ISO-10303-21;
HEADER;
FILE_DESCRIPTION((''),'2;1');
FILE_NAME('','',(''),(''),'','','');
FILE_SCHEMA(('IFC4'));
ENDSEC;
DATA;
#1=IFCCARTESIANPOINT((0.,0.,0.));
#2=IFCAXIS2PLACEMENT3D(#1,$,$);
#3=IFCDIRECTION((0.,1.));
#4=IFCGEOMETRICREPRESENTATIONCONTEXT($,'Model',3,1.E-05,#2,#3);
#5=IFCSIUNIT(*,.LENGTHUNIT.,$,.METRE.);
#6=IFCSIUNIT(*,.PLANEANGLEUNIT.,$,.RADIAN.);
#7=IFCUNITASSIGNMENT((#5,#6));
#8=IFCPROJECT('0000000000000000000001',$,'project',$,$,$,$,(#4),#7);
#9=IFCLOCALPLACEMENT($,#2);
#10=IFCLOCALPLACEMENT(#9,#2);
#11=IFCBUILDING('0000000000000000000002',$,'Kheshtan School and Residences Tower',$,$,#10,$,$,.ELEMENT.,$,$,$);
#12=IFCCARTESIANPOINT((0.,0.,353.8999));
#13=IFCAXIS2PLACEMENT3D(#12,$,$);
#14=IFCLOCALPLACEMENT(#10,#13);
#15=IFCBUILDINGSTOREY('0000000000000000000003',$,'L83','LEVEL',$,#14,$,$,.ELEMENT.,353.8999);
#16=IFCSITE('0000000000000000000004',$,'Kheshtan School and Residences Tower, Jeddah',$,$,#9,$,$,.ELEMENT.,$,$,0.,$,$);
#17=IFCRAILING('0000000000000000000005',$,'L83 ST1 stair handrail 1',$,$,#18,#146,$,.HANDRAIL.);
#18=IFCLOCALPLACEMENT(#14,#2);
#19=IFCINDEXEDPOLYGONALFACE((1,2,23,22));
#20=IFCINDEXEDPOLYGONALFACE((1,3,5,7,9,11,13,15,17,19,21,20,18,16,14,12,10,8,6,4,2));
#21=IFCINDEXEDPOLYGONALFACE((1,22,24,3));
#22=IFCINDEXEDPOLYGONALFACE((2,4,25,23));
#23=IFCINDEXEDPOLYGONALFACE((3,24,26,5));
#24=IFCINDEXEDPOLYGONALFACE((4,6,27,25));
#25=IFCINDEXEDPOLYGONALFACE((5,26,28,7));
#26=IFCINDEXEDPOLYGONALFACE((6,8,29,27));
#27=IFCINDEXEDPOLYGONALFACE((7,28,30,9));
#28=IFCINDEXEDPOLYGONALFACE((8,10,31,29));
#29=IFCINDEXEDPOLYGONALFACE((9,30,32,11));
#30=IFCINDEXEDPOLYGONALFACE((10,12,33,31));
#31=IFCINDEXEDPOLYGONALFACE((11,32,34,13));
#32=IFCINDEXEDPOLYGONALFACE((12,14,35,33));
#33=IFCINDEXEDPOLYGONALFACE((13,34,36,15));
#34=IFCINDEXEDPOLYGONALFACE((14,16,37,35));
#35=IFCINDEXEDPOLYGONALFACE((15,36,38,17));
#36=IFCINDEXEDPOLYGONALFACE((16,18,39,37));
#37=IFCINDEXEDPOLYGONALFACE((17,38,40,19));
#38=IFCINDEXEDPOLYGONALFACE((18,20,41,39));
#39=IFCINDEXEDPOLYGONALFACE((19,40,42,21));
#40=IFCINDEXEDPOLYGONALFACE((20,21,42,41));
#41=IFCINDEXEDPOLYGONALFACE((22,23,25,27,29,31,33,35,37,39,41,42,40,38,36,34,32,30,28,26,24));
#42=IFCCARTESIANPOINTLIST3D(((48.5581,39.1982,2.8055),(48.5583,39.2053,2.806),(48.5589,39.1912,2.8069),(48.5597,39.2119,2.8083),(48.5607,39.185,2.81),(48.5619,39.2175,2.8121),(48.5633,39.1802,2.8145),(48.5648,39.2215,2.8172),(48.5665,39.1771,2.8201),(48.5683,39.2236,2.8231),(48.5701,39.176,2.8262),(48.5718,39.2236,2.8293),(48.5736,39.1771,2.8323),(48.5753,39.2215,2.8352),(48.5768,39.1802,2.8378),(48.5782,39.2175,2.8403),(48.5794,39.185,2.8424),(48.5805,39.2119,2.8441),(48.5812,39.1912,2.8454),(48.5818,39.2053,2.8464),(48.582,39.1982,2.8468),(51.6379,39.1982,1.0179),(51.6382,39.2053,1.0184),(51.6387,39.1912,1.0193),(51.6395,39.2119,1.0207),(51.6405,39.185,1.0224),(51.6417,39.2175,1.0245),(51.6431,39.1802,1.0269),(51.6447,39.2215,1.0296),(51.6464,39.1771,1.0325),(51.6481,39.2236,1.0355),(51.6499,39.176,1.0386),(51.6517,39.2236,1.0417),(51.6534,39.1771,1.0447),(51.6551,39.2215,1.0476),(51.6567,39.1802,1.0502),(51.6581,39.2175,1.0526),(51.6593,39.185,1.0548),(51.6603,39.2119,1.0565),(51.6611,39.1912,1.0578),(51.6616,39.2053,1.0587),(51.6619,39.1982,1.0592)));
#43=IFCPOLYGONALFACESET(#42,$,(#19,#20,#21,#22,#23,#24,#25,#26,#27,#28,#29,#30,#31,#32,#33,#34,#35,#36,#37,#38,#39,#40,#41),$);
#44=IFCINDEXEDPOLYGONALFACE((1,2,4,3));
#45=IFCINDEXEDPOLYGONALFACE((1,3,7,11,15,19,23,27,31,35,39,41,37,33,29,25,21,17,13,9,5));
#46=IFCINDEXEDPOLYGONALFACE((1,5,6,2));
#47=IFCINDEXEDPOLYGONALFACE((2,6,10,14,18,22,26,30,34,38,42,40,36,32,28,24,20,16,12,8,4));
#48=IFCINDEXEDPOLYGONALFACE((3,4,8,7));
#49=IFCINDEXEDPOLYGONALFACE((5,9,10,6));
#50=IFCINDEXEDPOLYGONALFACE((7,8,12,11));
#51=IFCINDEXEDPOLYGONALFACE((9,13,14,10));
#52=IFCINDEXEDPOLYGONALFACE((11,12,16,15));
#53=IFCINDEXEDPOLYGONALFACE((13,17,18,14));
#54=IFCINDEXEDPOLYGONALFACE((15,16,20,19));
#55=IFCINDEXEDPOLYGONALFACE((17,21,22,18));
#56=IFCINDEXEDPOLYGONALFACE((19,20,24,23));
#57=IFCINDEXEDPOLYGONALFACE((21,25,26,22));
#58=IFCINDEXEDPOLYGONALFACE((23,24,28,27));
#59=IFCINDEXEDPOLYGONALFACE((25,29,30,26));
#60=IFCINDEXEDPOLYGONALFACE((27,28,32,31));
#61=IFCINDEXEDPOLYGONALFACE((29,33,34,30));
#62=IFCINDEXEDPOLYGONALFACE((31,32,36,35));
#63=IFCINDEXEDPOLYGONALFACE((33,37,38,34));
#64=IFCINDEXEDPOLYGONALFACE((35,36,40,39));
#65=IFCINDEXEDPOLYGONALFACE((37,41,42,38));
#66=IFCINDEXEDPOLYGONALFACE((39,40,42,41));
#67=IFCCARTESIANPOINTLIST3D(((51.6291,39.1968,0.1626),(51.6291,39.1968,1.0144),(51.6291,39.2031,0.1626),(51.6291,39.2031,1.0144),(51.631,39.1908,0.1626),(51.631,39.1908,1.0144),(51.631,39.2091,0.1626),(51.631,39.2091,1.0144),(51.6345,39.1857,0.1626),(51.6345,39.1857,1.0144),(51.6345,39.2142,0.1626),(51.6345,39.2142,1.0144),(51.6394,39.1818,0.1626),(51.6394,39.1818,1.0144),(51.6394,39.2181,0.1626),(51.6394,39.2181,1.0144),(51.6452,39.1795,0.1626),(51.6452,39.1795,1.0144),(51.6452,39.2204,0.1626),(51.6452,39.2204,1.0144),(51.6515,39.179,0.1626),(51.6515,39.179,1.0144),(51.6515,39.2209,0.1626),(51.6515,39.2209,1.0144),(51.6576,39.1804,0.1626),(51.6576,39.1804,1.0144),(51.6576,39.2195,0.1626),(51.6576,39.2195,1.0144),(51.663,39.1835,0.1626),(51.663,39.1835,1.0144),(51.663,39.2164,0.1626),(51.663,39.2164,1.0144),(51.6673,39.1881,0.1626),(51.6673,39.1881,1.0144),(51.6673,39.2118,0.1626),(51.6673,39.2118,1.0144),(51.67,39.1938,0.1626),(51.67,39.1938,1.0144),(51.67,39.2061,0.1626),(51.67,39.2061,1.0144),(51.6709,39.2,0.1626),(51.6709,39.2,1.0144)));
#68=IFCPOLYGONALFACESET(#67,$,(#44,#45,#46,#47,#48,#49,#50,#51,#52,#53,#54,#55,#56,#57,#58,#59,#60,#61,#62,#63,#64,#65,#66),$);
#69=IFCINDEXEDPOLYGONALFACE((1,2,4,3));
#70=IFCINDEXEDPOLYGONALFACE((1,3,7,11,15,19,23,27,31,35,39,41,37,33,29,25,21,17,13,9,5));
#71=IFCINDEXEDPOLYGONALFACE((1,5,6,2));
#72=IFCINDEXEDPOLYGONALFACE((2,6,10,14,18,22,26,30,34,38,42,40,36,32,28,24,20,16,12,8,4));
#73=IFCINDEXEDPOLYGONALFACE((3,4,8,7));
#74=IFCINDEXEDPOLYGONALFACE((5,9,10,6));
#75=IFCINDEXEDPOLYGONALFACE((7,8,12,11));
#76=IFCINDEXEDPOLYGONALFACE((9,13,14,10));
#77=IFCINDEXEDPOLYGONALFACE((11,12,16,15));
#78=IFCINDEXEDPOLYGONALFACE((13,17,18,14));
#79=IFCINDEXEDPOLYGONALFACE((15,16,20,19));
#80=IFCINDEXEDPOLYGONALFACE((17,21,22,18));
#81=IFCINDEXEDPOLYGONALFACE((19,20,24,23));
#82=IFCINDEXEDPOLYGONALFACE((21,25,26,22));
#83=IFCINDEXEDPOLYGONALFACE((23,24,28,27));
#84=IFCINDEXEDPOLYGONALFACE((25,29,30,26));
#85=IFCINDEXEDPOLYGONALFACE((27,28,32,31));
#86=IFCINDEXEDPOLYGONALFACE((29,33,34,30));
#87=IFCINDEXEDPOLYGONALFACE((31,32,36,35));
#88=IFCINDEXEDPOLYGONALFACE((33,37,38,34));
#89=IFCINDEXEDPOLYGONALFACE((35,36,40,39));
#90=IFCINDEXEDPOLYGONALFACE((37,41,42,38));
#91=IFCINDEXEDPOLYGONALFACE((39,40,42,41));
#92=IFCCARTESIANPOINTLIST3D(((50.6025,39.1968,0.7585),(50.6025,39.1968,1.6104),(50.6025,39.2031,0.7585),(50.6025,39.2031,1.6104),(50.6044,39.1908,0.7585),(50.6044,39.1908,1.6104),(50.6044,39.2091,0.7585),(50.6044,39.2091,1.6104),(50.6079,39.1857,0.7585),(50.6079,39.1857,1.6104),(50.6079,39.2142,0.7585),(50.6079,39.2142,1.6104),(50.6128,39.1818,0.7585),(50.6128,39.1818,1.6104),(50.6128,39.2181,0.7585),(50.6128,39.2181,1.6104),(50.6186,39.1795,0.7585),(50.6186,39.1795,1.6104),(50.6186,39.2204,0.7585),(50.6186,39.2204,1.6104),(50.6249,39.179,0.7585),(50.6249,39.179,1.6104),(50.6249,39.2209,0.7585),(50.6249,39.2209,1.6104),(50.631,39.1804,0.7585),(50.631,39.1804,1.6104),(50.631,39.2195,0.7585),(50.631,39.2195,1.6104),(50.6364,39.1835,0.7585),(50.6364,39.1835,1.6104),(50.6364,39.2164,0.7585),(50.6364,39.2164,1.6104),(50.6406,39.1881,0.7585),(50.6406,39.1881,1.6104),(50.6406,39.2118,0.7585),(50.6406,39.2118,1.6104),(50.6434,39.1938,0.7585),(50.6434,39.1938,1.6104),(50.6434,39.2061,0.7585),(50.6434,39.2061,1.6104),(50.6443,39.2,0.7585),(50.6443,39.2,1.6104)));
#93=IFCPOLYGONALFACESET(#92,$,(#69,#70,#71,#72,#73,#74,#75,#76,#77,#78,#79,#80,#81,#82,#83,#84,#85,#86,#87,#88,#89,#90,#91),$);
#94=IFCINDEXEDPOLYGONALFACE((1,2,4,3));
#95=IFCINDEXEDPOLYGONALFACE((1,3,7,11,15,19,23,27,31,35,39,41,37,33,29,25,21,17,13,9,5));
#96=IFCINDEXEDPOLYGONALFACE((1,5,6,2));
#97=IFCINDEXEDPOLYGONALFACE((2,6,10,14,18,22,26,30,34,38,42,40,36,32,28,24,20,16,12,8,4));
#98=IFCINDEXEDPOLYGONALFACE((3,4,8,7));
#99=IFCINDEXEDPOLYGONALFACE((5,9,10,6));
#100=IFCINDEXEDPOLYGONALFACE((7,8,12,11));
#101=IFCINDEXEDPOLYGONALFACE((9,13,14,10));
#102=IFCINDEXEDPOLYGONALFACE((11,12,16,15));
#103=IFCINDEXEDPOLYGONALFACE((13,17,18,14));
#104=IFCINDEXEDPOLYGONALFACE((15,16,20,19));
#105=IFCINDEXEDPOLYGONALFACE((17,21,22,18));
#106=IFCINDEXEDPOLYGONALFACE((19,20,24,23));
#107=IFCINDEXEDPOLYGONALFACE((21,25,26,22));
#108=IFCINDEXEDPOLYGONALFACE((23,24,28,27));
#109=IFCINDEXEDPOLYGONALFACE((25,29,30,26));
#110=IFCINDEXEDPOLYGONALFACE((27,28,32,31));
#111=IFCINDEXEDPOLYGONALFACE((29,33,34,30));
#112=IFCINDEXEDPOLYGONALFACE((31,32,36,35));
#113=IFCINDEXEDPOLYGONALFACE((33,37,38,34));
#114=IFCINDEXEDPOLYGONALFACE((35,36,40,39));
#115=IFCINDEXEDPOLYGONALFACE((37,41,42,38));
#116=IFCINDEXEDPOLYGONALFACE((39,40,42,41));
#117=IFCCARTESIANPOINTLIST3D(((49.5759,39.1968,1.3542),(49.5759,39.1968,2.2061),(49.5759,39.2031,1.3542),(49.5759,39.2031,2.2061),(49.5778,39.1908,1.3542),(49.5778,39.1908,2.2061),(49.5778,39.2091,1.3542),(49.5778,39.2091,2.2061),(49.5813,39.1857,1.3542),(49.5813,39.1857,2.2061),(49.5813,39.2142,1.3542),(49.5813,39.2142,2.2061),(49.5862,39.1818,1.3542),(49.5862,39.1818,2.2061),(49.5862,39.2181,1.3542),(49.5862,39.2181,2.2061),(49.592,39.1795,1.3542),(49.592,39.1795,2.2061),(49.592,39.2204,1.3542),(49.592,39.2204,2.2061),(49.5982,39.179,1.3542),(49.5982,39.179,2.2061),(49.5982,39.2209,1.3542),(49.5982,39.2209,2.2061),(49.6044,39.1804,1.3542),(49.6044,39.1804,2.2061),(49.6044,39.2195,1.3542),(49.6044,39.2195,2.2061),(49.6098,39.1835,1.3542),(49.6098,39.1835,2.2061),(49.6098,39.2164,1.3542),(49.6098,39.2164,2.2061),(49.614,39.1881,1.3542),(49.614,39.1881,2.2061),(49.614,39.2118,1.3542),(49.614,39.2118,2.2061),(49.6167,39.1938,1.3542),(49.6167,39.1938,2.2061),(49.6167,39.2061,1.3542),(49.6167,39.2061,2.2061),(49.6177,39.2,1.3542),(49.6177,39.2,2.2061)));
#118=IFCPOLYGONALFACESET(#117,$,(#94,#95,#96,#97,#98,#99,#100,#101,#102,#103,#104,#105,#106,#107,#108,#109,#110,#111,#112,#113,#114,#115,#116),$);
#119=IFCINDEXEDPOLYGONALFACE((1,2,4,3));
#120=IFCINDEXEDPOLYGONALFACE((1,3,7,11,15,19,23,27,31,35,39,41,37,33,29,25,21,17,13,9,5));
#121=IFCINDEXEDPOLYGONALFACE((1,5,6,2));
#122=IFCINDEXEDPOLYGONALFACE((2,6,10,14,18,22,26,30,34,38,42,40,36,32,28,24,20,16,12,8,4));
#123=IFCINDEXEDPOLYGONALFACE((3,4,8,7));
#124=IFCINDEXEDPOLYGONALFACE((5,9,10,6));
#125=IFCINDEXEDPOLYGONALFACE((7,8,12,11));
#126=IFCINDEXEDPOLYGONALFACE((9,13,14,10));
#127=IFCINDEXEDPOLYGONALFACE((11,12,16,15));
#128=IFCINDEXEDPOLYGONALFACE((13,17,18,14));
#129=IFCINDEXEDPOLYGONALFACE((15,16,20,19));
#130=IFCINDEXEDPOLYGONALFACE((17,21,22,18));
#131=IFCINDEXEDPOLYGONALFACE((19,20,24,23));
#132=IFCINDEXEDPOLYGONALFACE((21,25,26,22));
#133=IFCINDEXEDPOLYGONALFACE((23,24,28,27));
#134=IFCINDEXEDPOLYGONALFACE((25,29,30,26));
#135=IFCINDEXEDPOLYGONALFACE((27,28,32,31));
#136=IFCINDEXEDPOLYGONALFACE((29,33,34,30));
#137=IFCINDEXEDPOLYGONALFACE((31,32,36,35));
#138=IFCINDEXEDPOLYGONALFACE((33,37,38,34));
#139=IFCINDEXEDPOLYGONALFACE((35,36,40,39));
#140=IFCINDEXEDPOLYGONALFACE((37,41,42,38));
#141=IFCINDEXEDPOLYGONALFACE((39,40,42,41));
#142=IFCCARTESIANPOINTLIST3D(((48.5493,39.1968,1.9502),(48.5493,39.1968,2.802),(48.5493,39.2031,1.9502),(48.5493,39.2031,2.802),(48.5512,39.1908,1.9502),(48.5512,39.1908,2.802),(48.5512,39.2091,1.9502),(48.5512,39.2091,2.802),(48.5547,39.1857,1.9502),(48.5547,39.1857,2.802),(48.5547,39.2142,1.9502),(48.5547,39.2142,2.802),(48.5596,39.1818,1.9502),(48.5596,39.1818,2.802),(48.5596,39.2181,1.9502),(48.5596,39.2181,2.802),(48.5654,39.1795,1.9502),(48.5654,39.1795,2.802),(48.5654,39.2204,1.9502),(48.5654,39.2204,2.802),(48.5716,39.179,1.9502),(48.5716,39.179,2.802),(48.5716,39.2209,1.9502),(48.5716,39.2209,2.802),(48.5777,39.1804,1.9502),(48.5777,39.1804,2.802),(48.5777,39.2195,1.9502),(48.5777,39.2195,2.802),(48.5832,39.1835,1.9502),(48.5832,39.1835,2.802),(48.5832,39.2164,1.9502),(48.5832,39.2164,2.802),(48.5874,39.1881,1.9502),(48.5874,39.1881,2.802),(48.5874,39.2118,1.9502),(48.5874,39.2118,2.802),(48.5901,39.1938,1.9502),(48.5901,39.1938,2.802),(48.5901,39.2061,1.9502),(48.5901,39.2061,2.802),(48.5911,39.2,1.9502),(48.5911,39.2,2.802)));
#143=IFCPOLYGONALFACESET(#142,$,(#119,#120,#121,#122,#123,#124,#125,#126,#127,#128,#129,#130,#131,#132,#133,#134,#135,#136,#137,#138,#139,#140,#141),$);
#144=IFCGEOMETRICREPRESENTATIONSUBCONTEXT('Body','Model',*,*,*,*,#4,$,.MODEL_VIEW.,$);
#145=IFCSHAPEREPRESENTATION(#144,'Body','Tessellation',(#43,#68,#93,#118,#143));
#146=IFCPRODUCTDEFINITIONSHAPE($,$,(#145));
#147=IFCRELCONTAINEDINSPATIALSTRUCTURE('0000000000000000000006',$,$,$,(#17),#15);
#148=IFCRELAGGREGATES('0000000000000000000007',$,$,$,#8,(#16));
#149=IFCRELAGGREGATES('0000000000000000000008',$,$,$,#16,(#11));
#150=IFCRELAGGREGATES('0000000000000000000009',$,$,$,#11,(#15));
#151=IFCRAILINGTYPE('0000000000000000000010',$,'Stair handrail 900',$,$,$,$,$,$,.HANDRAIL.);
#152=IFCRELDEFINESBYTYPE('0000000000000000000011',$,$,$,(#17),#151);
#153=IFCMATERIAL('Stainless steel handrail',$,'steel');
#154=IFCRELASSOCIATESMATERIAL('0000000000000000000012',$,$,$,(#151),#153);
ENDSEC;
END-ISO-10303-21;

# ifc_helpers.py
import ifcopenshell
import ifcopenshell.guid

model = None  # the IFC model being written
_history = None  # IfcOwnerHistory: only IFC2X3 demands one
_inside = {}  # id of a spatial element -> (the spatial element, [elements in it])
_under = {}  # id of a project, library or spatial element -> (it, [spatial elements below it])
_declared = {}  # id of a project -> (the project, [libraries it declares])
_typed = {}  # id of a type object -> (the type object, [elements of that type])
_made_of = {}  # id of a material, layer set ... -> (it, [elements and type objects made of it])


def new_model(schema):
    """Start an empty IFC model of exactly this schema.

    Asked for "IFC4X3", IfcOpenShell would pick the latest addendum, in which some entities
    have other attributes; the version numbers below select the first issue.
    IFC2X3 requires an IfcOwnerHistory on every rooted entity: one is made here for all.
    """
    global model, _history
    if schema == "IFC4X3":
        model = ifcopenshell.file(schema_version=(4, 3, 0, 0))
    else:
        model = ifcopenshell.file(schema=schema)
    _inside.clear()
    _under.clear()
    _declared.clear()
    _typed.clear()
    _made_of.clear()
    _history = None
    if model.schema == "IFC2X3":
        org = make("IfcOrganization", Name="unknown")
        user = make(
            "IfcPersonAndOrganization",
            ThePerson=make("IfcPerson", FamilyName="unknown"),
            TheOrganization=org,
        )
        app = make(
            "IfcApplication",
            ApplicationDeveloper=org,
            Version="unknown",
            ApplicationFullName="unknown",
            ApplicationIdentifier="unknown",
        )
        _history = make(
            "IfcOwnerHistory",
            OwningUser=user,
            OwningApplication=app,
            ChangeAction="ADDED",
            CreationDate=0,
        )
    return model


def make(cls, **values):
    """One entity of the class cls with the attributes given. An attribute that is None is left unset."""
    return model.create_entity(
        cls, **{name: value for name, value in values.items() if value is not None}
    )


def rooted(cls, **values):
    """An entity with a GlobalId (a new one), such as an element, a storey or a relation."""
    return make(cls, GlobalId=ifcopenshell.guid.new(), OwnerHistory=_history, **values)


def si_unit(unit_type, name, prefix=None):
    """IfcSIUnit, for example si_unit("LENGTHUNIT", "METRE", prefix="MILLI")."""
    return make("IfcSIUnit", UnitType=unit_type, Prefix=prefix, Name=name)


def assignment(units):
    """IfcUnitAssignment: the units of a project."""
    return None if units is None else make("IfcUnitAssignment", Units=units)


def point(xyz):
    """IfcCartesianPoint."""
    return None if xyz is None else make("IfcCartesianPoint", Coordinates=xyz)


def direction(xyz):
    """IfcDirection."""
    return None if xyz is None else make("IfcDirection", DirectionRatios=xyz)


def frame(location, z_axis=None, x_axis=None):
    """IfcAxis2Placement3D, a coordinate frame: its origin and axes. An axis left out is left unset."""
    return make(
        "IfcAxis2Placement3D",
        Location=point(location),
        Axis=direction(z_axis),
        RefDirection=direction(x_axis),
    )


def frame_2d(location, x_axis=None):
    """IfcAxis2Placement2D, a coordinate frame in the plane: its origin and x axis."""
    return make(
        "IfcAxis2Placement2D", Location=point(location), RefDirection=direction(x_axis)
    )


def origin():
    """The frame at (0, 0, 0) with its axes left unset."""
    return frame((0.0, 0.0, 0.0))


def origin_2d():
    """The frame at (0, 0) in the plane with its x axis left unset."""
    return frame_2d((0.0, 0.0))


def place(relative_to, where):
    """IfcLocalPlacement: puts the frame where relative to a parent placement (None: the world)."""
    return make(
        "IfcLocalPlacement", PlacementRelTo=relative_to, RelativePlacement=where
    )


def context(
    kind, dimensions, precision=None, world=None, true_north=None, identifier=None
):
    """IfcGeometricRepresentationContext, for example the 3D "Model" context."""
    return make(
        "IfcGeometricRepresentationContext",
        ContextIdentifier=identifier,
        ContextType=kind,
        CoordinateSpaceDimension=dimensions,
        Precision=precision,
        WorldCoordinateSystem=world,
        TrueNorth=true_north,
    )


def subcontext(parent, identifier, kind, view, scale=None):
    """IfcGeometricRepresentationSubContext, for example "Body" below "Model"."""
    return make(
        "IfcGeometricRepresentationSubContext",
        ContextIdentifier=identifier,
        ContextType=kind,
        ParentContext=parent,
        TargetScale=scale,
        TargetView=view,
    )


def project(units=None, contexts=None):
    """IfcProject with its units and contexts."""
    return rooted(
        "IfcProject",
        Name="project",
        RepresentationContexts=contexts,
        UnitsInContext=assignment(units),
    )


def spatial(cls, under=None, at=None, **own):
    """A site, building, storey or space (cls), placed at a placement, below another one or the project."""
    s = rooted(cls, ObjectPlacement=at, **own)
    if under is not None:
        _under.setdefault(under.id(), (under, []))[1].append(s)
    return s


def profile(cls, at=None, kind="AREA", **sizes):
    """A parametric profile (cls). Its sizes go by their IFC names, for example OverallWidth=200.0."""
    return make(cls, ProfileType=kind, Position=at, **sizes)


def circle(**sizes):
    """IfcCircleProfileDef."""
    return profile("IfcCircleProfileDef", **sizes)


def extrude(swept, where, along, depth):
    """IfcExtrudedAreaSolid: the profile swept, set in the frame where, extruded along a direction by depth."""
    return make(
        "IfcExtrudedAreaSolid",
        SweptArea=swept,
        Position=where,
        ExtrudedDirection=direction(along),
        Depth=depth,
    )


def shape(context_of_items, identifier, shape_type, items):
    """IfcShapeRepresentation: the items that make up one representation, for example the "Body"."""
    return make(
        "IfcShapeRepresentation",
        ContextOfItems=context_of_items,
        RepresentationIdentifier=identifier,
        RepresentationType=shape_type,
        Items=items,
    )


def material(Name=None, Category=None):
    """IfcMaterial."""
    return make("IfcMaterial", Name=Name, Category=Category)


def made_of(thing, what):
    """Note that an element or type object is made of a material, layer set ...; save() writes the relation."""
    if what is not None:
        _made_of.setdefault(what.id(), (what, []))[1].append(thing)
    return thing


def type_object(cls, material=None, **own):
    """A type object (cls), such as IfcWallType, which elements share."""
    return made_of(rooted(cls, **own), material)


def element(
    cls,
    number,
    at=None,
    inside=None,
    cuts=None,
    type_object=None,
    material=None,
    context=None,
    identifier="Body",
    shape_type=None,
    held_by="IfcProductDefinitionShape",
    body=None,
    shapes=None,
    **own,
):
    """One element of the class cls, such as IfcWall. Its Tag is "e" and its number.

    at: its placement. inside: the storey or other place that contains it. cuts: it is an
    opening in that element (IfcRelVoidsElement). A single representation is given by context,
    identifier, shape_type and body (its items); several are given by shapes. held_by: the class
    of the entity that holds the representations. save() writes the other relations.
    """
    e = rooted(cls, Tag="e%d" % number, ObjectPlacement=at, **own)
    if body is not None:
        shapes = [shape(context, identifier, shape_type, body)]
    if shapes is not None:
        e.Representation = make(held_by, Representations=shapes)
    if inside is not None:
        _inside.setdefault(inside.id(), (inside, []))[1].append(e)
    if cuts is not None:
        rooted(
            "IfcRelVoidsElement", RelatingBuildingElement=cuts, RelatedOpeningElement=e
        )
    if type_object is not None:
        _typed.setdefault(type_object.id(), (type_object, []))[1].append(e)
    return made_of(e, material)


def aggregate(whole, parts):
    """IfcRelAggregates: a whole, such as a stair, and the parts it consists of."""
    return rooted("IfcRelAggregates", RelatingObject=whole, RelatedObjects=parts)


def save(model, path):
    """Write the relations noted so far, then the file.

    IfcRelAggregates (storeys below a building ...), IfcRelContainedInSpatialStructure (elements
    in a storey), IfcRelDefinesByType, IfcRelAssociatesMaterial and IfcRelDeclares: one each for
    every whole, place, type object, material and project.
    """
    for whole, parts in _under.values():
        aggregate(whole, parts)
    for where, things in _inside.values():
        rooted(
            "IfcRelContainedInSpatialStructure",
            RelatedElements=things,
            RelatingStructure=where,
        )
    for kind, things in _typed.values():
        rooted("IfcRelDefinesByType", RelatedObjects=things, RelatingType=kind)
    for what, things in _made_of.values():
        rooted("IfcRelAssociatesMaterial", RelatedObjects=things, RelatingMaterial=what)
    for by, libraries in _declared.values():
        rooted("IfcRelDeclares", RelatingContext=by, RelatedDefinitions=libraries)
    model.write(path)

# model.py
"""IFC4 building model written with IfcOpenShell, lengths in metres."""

from ifc_helpers import new_model, si_unit, direction, frame, origin, origin_2d, place, context, subcontext, project, spatial, circle, extrude, material, type_object, element, save


model = new_model("IFC4")

# Units and contexts
model_context = context("Model", 3, precision=1e-05, world=origin(), true_north=direction((0.0, 1.0)))
body_context = subcontext(model_context, "Body", "Model", "MODEL_VIEW")
ifc_project = project(units=[si_unit("LENGTHUNIT", "METRE"), si_unit("PLANEANGLEUNIT", "RADIAN")], contexts=[model_context])

# Site, building, storey
site_placement = place(None, origin())
site = spatial("IfcSite", under=ifc_project, at=site_placement, Name="Kheshtan School and Residences Tower, Jeddah", CompositionType="ELEMENT", RefElevation=0.0)
building_placement = place(site_placement, origin())
building = spatial("IfcBuilding", under=site, at=building_placement, Name="Kheshtan School and Residences Tower", CompositionType="ELEMENT")
storey_placement = place(building_placement, frame((0.0, 0.0, 353.8999)))
storey = spatial("IfcBuildingStorey", under=building, at=storey_placement, Name="L83", Description="LEVEL", CompositionType="ELEMENT", Elevation=353.8999)

# Railing
ifc_material_1 = material(Name="Stainless steel handrail", Category="steel")
railing_type_1 = type_object("IfcRailingType", Name="Stair handrail 900", PredefinedType="HANDRAIL", material=ifc_material_1)
railing_1_placement = place(storey_placement, frame((51.6499, 39.2, 0.1626)))
element("IfcRailing", 1, at=railing_1_placement, inside=storey, type_object=railing_type_1, Name="L83 ST1 stair handrail 1", PredefinedType="HANDRAIL", context=body_context, shape_type="SweptSolid", body=[
    extrude(circle(Radius=0.0239, at=origin_2d()), frame((0.0, 0.0, 0.876), z_axis=(-0.864873, 0.0, 0.50199), x_axis=(0.0, -1.0, 0.0)), (0.0, 0.0, 1.0), 3.561),
    extrude(circle(Radius=0.021, at=origin_2d()), origin(), (0.0, 0.0, 1.0), 0.8518),
    extrude(circle(Radius=0.021, at=origin_2d()), frame((-1.0266, 0.0, 0.5959)), (0.0, 0.0, 1.0), 0.8518),
    extrude(circle(Radius=0.021, at=origin_2d()), frame((-2.0532, 0.0, 1.1917)), (0.0, 0.0, 1.0), 0.8518),
    extrude(circle(Radius=0.021, at=origin_2d()), frame((-3.0798, 0.0, 1.7876)), (0.0, 0.0, 1.0), 0.8518),
])

save(model, "model.ifc")
